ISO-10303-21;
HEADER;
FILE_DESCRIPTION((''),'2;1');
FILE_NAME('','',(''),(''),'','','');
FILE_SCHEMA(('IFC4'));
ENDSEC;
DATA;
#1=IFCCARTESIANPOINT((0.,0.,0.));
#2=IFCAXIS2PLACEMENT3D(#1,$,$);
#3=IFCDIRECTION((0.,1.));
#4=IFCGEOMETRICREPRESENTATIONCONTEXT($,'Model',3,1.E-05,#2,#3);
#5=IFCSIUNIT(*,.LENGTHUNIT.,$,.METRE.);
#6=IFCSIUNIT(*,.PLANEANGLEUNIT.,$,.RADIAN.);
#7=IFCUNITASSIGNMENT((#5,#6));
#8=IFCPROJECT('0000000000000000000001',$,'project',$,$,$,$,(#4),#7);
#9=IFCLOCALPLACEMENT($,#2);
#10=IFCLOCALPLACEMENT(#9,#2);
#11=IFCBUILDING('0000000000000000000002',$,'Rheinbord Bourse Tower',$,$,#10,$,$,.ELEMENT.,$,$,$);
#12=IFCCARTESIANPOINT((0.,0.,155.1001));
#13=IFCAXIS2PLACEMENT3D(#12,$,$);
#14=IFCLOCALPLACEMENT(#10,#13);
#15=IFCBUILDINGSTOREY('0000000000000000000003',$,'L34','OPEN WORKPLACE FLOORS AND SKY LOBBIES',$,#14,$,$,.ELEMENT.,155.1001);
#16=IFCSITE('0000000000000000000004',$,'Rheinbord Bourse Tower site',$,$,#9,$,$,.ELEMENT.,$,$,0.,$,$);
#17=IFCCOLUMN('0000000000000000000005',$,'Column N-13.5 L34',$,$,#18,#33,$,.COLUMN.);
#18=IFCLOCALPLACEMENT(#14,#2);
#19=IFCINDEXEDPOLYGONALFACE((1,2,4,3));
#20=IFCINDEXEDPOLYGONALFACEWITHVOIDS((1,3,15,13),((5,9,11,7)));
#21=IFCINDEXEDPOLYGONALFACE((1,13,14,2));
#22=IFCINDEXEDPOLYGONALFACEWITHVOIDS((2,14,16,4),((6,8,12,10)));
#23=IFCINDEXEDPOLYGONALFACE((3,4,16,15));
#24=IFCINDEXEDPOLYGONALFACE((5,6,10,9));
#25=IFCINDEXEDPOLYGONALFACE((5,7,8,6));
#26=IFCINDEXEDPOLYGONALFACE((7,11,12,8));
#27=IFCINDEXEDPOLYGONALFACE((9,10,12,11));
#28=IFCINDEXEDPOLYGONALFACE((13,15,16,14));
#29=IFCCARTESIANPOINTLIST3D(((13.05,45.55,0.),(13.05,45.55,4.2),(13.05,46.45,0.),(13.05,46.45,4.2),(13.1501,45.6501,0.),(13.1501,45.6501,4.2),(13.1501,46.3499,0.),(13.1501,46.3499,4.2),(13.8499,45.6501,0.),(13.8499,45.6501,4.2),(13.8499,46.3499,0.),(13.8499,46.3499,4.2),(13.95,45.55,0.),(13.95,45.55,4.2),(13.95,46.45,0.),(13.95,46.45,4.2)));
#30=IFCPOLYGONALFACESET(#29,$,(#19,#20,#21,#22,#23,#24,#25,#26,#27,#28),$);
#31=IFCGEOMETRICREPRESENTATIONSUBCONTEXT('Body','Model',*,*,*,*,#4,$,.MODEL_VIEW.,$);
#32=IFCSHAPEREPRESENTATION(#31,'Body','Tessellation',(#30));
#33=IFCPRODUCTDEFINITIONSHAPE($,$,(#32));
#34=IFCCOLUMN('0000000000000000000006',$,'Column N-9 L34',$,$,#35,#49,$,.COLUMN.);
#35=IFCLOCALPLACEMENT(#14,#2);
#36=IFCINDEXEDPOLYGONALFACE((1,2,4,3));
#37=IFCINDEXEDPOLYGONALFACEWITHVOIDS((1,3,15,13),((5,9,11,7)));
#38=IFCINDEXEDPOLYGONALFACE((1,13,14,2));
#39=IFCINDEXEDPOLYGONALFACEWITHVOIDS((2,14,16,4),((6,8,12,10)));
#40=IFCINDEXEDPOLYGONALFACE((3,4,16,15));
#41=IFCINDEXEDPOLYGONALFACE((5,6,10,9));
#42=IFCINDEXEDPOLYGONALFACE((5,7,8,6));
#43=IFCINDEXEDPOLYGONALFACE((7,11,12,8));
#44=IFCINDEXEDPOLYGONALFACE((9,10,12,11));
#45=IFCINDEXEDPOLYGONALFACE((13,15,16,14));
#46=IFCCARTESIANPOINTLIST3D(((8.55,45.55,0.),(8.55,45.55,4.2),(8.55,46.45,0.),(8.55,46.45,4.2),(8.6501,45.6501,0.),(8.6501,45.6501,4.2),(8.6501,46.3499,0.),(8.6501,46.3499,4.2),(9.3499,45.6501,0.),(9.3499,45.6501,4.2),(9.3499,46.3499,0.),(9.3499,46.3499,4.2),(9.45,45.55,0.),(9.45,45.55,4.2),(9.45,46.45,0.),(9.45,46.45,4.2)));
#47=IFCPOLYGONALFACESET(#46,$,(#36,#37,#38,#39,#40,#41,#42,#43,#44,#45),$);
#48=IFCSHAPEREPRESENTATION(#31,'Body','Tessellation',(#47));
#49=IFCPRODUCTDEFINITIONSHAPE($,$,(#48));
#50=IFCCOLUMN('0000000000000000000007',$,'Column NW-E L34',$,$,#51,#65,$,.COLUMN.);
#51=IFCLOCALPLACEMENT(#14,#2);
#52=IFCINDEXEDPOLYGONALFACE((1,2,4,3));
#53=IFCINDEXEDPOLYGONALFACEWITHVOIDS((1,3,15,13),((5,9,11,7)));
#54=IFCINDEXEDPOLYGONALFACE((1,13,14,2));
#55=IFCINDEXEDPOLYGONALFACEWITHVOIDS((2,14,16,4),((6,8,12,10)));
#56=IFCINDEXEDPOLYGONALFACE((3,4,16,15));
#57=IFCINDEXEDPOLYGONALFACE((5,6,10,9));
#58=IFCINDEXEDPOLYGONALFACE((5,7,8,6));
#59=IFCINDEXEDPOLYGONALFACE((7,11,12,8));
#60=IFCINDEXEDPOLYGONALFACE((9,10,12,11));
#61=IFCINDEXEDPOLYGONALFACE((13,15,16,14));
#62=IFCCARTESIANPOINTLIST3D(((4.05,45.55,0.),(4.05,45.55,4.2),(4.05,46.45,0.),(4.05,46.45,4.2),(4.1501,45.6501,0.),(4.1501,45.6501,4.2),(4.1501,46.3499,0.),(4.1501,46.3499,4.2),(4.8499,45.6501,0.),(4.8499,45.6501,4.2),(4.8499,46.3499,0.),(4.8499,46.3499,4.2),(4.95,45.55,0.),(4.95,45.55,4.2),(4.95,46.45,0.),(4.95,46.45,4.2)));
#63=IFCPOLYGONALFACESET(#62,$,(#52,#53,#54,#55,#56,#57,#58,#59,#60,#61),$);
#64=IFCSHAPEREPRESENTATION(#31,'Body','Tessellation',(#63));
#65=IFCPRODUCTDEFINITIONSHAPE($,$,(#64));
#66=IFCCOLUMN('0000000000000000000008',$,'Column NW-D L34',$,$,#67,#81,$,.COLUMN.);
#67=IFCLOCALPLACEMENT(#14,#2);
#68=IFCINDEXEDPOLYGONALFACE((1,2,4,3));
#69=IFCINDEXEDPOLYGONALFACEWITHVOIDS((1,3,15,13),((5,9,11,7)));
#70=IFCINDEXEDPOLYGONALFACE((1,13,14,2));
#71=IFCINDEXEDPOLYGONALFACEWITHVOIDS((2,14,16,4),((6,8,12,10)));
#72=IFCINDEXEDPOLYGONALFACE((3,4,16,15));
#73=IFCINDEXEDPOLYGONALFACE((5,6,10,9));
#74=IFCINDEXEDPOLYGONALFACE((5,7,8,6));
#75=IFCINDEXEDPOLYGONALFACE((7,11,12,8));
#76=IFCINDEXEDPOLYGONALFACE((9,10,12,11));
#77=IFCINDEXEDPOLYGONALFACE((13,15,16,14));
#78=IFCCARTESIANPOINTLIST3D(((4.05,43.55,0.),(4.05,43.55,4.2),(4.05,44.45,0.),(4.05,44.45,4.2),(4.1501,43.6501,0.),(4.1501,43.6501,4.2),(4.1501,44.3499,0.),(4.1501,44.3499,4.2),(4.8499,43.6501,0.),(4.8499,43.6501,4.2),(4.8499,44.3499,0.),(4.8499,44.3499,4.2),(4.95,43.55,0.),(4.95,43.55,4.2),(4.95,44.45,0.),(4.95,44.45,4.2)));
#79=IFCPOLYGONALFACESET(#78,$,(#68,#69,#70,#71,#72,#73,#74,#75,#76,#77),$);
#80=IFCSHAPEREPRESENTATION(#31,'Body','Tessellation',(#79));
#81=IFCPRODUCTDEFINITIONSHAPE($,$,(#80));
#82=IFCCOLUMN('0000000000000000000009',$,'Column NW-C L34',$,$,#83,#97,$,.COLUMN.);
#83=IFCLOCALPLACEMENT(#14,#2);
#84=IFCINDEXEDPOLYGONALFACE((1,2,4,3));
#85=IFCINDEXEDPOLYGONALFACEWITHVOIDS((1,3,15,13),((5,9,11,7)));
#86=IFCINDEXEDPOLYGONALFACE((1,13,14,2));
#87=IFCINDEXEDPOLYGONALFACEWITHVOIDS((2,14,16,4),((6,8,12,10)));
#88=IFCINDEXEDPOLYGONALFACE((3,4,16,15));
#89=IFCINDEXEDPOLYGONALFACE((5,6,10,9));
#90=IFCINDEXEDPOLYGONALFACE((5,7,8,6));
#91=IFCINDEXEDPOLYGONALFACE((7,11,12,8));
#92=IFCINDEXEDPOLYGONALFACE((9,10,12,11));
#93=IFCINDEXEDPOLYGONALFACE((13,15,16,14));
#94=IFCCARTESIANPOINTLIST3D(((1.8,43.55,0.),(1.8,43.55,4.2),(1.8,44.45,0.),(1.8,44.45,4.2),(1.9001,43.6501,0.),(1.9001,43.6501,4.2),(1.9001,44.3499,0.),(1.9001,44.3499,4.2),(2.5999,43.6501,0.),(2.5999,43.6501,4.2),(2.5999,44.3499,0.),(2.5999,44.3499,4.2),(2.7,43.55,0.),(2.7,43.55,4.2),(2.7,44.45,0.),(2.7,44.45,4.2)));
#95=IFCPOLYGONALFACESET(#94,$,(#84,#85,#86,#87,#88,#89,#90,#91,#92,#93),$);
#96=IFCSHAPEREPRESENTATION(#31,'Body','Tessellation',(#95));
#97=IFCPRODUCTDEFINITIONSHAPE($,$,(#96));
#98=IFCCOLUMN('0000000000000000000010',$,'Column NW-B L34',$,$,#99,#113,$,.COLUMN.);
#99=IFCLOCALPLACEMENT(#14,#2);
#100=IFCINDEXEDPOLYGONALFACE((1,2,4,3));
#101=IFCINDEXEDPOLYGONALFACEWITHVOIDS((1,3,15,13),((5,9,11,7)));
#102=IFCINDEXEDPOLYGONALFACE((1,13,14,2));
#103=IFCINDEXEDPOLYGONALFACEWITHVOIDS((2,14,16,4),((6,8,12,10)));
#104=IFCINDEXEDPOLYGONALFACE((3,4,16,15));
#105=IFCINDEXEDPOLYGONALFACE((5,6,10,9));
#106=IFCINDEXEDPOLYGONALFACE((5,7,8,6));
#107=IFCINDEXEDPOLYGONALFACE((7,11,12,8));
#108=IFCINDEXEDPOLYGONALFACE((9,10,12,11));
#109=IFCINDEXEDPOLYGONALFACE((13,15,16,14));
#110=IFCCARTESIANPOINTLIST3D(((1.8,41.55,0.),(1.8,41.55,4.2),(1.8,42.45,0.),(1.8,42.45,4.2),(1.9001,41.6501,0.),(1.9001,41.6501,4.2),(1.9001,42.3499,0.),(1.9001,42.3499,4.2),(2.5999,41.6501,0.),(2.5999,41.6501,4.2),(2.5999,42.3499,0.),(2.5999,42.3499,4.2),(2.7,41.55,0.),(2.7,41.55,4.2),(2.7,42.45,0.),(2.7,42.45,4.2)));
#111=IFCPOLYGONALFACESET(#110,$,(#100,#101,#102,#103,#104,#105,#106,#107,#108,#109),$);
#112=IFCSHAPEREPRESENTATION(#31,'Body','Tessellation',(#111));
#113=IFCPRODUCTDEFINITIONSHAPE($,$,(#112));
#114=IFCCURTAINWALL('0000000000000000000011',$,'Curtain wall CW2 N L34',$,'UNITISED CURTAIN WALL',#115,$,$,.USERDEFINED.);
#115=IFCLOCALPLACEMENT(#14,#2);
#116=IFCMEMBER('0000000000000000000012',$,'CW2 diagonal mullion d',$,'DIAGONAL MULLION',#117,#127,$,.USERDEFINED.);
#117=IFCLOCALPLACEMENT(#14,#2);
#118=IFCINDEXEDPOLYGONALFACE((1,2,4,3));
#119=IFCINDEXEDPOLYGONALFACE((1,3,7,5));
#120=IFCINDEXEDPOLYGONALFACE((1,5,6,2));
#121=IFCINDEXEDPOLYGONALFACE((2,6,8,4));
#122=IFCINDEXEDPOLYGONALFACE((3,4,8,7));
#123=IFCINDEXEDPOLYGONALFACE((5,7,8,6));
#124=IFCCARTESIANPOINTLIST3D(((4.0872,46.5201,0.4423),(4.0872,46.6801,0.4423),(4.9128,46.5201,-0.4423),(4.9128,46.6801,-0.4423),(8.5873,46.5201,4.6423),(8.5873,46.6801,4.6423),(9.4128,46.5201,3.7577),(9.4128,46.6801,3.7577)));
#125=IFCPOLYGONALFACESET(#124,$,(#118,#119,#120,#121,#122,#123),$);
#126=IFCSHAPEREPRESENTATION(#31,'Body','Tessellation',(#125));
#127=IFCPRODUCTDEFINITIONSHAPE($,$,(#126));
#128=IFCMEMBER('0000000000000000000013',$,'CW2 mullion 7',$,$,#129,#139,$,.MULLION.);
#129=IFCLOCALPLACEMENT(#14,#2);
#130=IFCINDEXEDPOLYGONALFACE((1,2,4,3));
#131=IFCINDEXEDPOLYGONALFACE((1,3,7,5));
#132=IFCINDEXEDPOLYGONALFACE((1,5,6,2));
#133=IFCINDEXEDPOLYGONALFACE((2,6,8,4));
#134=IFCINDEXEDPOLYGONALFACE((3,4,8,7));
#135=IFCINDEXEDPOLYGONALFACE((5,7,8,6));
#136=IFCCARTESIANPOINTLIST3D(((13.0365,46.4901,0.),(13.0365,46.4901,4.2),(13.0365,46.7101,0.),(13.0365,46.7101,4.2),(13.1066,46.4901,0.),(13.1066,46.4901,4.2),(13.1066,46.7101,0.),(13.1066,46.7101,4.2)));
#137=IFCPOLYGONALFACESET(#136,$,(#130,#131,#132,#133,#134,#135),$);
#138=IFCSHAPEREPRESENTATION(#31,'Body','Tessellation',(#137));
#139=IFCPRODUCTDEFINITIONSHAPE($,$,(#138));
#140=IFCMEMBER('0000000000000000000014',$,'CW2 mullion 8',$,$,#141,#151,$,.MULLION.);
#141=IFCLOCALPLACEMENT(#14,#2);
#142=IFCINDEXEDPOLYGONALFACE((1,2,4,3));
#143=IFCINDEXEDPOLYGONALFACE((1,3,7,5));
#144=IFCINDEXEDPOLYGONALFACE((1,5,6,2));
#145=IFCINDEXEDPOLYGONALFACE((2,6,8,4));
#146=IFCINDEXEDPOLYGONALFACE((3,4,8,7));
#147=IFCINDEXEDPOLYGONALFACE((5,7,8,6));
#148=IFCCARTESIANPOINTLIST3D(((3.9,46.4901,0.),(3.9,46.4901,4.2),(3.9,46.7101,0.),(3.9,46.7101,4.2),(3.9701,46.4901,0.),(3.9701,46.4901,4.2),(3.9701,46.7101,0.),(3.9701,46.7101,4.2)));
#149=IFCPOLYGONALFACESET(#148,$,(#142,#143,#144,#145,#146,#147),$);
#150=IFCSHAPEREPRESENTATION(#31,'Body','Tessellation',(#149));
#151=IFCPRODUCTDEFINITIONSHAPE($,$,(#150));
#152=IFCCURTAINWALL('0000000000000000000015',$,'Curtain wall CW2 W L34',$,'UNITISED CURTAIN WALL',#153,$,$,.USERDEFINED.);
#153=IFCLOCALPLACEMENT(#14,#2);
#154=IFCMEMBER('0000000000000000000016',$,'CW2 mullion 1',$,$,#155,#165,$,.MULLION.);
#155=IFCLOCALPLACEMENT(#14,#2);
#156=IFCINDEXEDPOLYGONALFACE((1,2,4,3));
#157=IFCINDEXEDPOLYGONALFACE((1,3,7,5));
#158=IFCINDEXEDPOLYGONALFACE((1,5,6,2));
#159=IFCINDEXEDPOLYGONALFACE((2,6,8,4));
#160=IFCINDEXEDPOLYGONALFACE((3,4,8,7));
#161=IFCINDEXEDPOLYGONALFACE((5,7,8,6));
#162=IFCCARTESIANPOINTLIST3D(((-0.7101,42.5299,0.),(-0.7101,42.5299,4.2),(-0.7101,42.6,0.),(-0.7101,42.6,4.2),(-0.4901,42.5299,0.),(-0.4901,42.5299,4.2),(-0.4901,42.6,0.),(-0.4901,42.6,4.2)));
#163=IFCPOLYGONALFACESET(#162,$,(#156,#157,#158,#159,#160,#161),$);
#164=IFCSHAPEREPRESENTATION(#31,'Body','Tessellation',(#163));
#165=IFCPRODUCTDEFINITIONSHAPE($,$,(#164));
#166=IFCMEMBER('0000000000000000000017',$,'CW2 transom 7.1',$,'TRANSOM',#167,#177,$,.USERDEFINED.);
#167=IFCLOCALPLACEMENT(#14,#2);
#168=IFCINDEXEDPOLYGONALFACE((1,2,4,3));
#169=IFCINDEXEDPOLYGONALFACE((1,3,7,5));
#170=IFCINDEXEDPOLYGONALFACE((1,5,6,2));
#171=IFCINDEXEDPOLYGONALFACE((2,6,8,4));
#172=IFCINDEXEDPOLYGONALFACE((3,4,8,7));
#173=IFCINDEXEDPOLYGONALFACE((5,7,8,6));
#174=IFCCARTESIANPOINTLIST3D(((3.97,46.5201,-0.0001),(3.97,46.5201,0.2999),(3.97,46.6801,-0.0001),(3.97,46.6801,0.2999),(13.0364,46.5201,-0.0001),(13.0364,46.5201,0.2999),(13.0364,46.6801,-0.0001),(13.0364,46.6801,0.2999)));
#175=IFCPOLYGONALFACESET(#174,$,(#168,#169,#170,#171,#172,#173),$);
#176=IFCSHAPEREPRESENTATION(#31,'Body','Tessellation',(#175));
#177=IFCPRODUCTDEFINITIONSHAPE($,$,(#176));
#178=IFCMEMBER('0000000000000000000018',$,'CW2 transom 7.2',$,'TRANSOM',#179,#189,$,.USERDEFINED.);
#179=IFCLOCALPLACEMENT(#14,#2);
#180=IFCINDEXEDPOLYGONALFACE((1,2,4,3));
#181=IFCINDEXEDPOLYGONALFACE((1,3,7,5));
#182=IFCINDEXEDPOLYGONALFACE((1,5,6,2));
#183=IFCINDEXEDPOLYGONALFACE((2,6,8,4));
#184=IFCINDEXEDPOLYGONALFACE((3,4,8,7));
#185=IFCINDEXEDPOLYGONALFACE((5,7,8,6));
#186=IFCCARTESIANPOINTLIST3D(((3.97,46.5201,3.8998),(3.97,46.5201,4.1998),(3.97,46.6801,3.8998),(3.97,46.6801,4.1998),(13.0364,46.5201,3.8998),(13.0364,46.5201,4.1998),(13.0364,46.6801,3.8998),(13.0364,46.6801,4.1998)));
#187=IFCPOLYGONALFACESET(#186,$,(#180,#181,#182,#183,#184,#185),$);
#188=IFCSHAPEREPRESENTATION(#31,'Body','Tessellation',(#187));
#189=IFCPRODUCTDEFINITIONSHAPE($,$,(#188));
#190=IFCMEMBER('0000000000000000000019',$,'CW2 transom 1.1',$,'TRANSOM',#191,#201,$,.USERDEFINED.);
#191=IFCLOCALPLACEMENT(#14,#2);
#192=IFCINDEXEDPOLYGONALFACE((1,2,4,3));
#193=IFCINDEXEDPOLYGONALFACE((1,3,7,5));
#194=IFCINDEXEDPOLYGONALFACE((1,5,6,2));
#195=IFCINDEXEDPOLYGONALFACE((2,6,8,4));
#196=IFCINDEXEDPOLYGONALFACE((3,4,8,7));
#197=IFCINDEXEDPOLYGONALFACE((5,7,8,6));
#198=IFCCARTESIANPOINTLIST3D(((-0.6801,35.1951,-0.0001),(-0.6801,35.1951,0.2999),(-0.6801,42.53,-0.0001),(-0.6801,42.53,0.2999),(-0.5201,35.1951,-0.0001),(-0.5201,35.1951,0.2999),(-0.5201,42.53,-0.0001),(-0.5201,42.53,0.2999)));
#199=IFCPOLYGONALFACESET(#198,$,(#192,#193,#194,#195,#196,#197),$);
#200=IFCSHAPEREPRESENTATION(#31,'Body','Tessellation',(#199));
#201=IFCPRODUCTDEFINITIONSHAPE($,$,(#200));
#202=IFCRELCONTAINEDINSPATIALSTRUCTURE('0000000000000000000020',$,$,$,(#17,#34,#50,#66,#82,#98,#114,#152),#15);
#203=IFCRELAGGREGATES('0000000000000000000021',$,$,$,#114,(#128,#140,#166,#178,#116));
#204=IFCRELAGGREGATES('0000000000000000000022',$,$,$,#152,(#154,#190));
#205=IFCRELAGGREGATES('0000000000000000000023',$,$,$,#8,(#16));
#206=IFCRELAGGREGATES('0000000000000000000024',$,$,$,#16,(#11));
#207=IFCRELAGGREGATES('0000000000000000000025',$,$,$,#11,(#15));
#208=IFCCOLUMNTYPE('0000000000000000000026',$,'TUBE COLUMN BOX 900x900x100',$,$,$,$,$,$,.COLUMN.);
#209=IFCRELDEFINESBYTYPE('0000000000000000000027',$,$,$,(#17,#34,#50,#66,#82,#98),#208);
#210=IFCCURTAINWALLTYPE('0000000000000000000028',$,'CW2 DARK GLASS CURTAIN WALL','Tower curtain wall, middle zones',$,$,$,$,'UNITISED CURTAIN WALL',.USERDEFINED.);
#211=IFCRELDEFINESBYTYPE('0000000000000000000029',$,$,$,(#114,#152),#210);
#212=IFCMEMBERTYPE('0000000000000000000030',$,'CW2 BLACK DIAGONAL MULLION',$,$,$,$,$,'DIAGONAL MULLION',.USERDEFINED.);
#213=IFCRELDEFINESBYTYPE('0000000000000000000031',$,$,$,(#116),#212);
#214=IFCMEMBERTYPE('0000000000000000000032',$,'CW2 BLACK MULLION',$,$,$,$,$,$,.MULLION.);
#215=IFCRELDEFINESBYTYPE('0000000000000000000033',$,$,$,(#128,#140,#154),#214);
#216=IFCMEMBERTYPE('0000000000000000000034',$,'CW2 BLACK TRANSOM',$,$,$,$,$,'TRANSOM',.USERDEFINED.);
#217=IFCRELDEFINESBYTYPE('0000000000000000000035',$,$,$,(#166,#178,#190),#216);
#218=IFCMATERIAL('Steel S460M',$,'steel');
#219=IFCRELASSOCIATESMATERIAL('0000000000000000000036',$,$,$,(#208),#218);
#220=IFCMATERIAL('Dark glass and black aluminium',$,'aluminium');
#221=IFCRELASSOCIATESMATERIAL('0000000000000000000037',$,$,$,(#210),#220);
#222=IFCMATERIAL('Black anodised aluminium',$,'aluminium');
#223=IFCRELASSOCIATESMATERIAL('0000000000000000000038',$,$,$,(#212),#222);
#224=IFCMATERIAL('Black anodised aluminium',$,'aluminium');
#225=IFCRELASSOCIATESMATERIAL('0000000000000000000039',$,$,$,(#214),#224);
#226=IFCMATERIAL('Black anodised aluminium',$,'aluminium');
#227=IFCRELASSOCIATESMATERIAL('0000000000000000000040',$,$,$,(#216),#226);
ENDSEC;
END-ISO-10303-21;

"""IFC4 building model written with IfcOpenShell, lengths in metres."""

from ifc_helpers import new_model, si_unit, direction, frame, origin, origin_2d, place, context, subcontext, project, spatial, rectangle, hollow_rectangle, extrude, material, material_profile, profile_set, type_object, element, aggregate, save


model = new_model("IFC4")

# Units and contexts
model_context = context("Model", 3, precision=1e-05, world=origin(), true_north=direction((0.0, 1.0)))
body_context = subcontext(model_context, "Body", "Model", "MODEL_VIEW")
ifc_project = project(units=[si_unit("LENGTHUNIT", "METRE"), si_unit("PLANEANGLEUNIT", "RADIAN")], contexts=[model_context])

# Site, building, storey
site_placement = place(None, origin())
site = spatial("IfcSite", under=ifc_project, at=site_placement, Name="Rheinbord Bourse Tower site", CompositionType="ELEMENT", RefElevation=0.0)
building_placement = place(site_placement, origin())
building = spatial("IfcBuilding", under=site, at=building_placement, Name="Rheinbord Bourse Tower", CompositionType="ELEMENT")
storey_placement = place(building_placement, frame((0.0, 0.0, 155.1001)))
storey = spatial("IfcBuildingStorey", under=building, at=storey_placement, Name="L34", Description="OPEN WORKPLACE FLOORS AND SKY LOBBIES", CompositionType="ELEMENT", Elevation=155.1001)

# Columns
ifc_material_1 = material(Name="Steel S460M", Category="steel")
ifc_material_profile_1 = material_profile(ifc_material_1, hollow_rectangle(XDim=0.8999, YDim=0.8999, WallThickness=0.1001, at=origin_2d()), Name="BOX 900x900x100")
ifc_profile_set_1 = profile_set([ifc_material_profile_1], Name="Steel S460M")
column_type = type_object("IfcColumnType", Name="TUBE COLUMN BOX 900x900x100", PredefinedType="COLUMN", material=ifc_profile_set_1)
for number, where, z_axis, x_axis, name in (
    (1, (13.5, 46.0, 0.0), (0.0, 0.0, 1.0), (0.0, 1.0, 0.0), "Column N-13.5 L34"),
    (2, (9.0, 46.0, 0.0), (0.0, 0.0, 1.0), (0.0, 1.0, 0.0), "Column N-9 L34"),
    (3, (4.5, 46.0, 0.0), (0.0, 0.0, 1.0), (0.0, 1.0, 0.0), "Column NW-E L34"),
    (4, (4.5, 44.0, 0.0), (0.0, 0.0, 1.0), (0.0, 1.0, 0.0), "Column NW-D L34"),
    (5, (2.25, 44.0, 0.0), (0.0, 0.0, 1.0), (1.0, 0.0, 0.0), "Column NW-C L34"),
    (6, (2.25, 42.0, 0.0), (0.0, 0.0, 1.0), (1.0, 0.0, 0.0), "Column NW-B L34"),
):
    element("IfcColumn", number, at=place(storey_placement, frame(where, z_axis=z_axis, x_axis=x_axis)), inside=storey, type_object=column_type, Name=name, PredefinedType="COLUMN", context=body_context, shape_type="SweptSolid", body=[
        extrude(hollow_rectangle(XDim=0.8999, YDim=0.8999, WallThickness=0.1001, at=origin_2d()), origin(), (0.0, 0.0, 1.0), 4.2),
    ])

# Curtain wall, members
ifc_material_2 = material(Name="Dark glass and black aluminium", Category="aluminium")
curtain_wall_type = type_object("IfcCurtainWallType", Name="CW2 DARK GLASS CURTAIN WALL", Description="Tower curtain wall, middle zones", ElementType="UNITISED CURTAIN WALL", PredefinedType="USERDEFINED", material=ifc_material_2)
curtain_wall_1_placement = place(storey_placement, origin())
curtain_wall_1 = element("IfcCurtainWall", 7, at=curtain_wall_1_placement, inside=storey, type_object=curtain_wall_type, Name="Curtain wall CW2 N L34", ObjectType="UNITISED CURTAIN WALL", PredefinedType="USERDEFINED")
ifc_material_3 = material(Name="Black anodised aluminium", Category="aluminium")
ifc_material_profile_2 = material_profile(ifc_material_3, rectangle(XDim=0.1599, YDim=1.21, at=origin_2d()), Name="CW2 DIAGONAL MULLION 1210x160")
ifc_profile_set_2 = profile_set([ifc_material_profile_2], Name="Black anodised aluminium")
member_type_1 = type_object("IfcMemberType", Name="CW2 BLACK DIAGONAL MULLION", ElementType="DIAGONAL MULLION", PredefinedType="USERDEFINED", material=ifc_profile_set_2)
member_1_placement = place(storey_placement, frame((4.5, 46.6001, 0.0), z_axis=(0.731059, 0.0, 0.682314), x_axis=(0.0, 1.0, 0.0)))
member_1 = element("IfcMember", 8, at=member_1_placement, type_object=member_type_1, Name="CW2 diagonal mullion d", ObjectType="DIAGONAL MULLION", PredefinedType="USERDEFINED", context=body_context, shape_type="SweptSolid", body=[
    extrude(rectangle(XDim=0.1599, YDim=1.21, at=origin_2d()), origin(), (0.0, 0.0, 1.0), 6.1555),
])
ifc_material_4 = material(Name="Black anodised aluminium", Category="aluminium")
ifc_material_profile_3 = material_profile(ifc_material_4, rectangle(XDim=0.22, YDim=0.0701, at=origin_2d()), Name="CW2 MULLION 70x220")
ifc_profile_set_3 = profile_set([ifc_material_profile_3], Name="Black anodised aluminium")
member_type_2 = type_object("IfcMemberType", Name="CW2 BLACK MULLION", PredefinedType="MULLION", material=ifc_profile_set_3)
member_2_placement = place(storey_placement, frame((13.0715, 46.6001, 0.0), z_axis=(0.0, 0.0, 1.0), x_axis=(0.0, -1.0, 0.0)))
member_2 = element("IfcMember", 9, at=member_2_placement, type_object=member_type_2, Name="CW2 mullion 7", PredefinedType="MULLION", context=body_context, shape_type="SweptSolid", body=[
    extrude(rectangle(XDim=0.22, YDim=0.0701, at=origin_2d()), origin(), (0.0, 0.0, 1.0), 4.2),
])
member_3_placement = place(storey_placement, frame((3.9351, 46.6001, 0.0), z_axis=(0.0, 0.0, 1.0), x_axis=(0.0, -1.0, 0.0)))
member_3 = element("IfcMember", 10, at=member_3_placement, type_object=member_type_2, Name="CW2 mullion 8", PredefinedType="MULLION", context=body_context, shape_type="SweptSolid", body=[
    extrude(rectangle(XDim=0.22, YDim=0.0701, at=origin_2d()), origin(), (0.0, 0.0, 1.0), 4.2),
])

# Curtain wall, member
curtain_wall_2_placement = place(storey_placement, origin())
curtain_wall_2 = element("IfcCurtainWall", 11, at=curtain_wall_2_placement, inside=storey, type_object=curtain_wall_type, Name="Curtain wall CW2 W L34", ObjectType="UNITISED CURTAIN WALL", PredefinedType="USERDEFINED")
member_4_placement = place(storey_placement, frame((-0.6001, 42.5649, 0.0), z_axis=(0.0, 0.0, 1.0), x_axis=(1.0, 0.0, 0.0)))
member_4 = element("IfcMember", 12, at=member_4_placement, type_object=member_type_2, Name="CW2 mullion 1", PredefinedType="MULLION", context=body_context, shape_type="SweptSolid", body=[
    extrude(rectangle(XDim=0.22, YDim=0.0701, at=origin_2d()), origin(), (0.0, 0.0, 1.0), 4.2),
])

# Members
ifc_material_5 = material(Name="Black anodised aluminium", Category="aluminium")
ifc_material_profile_4 = material_profile(ifc_material_5, rectangle(XDim=0.1599, YDim=0.3, at=origin_2d()), Name="CW2 TRANSOM 300x160")
ifc_profile_set_4 = profile_set([ifc_material_profile_4], Name="Black anodised aluminium")
member_type_3 = type_object("IfcMemberType", Name="CW2 BLACK TRANSOM", ElementType="TRANSOM", PredefinedType="USERDEFINED", material=ifc_profile_set_4)
member_5_placement = place(storey_placement, frame((13.0364, 46.6001, 0.1499), z_axis=(-1.0, 0.0, 0.0), x_axis=(0.0, -1.0, 0.0)))
member_5 = element("IfcMember", 13, at=member_5_placement, type_object=member_type_3, Name="CW2 transom 7.1", ObjectType="TRANSOM", PredefinedType="USERDEFINED", context=body_context, shape_type="SweptSolid", body=[
    extrude(rectangle(XDim=0.1599, YDim=0.3, at=origin_2d()), origin(), (0.0, 0.0, 1.0), 9.0664),
])
member_6_placement = place(storey_placement, frame((13.0364, 46.6001, 4.0498), z_axis=(-1.0, 0.0, 0.0), x_axis=(0.0, -1.0, 0.0)))
member_6 = element("IfcMember", 14, at=member_6_placement, type_object=member_type_3, Name="CW2 transom 7.2", ObjectType="TRANSOM", PredefinedType="USERDEFINED", context=body_context, shape_type="SweptSolid", body=[
    extrude(rectangle(XDim=0.1599, YDim=0.3, at=origin_2d()), origin(), (0.0, 0.0, 1.0), 9.0664),
])
member_7_placement = place(storey_placement, frame((-0.6001, 42.53, 0.1499), z_axis=(0.0, -1.0, 0.0), x_axis=(1.0, 0.0, 0.0)))
member_7 = element("IfcMember", 15, at=member_7_placement, type_object=member_type_3, Name="CW2 transom 1.1", ObjectType="TRANSOM", PredefinedType="USERDEFINED", context=body_context, shape_type="SweptSolid", body=[
    extrude(rectangle(XDim=0.1599, YDim=0.3, at=origin_2d()), origin(), (0.0, 0.0, 1.0), 7.335),
])

aggregate(curtain_wall_1, [member_2, member_3, member_5, member_6, member_1])
aggregate(curtain_wall_2, [member_4, member_7])

save(model, "model.ifc")
